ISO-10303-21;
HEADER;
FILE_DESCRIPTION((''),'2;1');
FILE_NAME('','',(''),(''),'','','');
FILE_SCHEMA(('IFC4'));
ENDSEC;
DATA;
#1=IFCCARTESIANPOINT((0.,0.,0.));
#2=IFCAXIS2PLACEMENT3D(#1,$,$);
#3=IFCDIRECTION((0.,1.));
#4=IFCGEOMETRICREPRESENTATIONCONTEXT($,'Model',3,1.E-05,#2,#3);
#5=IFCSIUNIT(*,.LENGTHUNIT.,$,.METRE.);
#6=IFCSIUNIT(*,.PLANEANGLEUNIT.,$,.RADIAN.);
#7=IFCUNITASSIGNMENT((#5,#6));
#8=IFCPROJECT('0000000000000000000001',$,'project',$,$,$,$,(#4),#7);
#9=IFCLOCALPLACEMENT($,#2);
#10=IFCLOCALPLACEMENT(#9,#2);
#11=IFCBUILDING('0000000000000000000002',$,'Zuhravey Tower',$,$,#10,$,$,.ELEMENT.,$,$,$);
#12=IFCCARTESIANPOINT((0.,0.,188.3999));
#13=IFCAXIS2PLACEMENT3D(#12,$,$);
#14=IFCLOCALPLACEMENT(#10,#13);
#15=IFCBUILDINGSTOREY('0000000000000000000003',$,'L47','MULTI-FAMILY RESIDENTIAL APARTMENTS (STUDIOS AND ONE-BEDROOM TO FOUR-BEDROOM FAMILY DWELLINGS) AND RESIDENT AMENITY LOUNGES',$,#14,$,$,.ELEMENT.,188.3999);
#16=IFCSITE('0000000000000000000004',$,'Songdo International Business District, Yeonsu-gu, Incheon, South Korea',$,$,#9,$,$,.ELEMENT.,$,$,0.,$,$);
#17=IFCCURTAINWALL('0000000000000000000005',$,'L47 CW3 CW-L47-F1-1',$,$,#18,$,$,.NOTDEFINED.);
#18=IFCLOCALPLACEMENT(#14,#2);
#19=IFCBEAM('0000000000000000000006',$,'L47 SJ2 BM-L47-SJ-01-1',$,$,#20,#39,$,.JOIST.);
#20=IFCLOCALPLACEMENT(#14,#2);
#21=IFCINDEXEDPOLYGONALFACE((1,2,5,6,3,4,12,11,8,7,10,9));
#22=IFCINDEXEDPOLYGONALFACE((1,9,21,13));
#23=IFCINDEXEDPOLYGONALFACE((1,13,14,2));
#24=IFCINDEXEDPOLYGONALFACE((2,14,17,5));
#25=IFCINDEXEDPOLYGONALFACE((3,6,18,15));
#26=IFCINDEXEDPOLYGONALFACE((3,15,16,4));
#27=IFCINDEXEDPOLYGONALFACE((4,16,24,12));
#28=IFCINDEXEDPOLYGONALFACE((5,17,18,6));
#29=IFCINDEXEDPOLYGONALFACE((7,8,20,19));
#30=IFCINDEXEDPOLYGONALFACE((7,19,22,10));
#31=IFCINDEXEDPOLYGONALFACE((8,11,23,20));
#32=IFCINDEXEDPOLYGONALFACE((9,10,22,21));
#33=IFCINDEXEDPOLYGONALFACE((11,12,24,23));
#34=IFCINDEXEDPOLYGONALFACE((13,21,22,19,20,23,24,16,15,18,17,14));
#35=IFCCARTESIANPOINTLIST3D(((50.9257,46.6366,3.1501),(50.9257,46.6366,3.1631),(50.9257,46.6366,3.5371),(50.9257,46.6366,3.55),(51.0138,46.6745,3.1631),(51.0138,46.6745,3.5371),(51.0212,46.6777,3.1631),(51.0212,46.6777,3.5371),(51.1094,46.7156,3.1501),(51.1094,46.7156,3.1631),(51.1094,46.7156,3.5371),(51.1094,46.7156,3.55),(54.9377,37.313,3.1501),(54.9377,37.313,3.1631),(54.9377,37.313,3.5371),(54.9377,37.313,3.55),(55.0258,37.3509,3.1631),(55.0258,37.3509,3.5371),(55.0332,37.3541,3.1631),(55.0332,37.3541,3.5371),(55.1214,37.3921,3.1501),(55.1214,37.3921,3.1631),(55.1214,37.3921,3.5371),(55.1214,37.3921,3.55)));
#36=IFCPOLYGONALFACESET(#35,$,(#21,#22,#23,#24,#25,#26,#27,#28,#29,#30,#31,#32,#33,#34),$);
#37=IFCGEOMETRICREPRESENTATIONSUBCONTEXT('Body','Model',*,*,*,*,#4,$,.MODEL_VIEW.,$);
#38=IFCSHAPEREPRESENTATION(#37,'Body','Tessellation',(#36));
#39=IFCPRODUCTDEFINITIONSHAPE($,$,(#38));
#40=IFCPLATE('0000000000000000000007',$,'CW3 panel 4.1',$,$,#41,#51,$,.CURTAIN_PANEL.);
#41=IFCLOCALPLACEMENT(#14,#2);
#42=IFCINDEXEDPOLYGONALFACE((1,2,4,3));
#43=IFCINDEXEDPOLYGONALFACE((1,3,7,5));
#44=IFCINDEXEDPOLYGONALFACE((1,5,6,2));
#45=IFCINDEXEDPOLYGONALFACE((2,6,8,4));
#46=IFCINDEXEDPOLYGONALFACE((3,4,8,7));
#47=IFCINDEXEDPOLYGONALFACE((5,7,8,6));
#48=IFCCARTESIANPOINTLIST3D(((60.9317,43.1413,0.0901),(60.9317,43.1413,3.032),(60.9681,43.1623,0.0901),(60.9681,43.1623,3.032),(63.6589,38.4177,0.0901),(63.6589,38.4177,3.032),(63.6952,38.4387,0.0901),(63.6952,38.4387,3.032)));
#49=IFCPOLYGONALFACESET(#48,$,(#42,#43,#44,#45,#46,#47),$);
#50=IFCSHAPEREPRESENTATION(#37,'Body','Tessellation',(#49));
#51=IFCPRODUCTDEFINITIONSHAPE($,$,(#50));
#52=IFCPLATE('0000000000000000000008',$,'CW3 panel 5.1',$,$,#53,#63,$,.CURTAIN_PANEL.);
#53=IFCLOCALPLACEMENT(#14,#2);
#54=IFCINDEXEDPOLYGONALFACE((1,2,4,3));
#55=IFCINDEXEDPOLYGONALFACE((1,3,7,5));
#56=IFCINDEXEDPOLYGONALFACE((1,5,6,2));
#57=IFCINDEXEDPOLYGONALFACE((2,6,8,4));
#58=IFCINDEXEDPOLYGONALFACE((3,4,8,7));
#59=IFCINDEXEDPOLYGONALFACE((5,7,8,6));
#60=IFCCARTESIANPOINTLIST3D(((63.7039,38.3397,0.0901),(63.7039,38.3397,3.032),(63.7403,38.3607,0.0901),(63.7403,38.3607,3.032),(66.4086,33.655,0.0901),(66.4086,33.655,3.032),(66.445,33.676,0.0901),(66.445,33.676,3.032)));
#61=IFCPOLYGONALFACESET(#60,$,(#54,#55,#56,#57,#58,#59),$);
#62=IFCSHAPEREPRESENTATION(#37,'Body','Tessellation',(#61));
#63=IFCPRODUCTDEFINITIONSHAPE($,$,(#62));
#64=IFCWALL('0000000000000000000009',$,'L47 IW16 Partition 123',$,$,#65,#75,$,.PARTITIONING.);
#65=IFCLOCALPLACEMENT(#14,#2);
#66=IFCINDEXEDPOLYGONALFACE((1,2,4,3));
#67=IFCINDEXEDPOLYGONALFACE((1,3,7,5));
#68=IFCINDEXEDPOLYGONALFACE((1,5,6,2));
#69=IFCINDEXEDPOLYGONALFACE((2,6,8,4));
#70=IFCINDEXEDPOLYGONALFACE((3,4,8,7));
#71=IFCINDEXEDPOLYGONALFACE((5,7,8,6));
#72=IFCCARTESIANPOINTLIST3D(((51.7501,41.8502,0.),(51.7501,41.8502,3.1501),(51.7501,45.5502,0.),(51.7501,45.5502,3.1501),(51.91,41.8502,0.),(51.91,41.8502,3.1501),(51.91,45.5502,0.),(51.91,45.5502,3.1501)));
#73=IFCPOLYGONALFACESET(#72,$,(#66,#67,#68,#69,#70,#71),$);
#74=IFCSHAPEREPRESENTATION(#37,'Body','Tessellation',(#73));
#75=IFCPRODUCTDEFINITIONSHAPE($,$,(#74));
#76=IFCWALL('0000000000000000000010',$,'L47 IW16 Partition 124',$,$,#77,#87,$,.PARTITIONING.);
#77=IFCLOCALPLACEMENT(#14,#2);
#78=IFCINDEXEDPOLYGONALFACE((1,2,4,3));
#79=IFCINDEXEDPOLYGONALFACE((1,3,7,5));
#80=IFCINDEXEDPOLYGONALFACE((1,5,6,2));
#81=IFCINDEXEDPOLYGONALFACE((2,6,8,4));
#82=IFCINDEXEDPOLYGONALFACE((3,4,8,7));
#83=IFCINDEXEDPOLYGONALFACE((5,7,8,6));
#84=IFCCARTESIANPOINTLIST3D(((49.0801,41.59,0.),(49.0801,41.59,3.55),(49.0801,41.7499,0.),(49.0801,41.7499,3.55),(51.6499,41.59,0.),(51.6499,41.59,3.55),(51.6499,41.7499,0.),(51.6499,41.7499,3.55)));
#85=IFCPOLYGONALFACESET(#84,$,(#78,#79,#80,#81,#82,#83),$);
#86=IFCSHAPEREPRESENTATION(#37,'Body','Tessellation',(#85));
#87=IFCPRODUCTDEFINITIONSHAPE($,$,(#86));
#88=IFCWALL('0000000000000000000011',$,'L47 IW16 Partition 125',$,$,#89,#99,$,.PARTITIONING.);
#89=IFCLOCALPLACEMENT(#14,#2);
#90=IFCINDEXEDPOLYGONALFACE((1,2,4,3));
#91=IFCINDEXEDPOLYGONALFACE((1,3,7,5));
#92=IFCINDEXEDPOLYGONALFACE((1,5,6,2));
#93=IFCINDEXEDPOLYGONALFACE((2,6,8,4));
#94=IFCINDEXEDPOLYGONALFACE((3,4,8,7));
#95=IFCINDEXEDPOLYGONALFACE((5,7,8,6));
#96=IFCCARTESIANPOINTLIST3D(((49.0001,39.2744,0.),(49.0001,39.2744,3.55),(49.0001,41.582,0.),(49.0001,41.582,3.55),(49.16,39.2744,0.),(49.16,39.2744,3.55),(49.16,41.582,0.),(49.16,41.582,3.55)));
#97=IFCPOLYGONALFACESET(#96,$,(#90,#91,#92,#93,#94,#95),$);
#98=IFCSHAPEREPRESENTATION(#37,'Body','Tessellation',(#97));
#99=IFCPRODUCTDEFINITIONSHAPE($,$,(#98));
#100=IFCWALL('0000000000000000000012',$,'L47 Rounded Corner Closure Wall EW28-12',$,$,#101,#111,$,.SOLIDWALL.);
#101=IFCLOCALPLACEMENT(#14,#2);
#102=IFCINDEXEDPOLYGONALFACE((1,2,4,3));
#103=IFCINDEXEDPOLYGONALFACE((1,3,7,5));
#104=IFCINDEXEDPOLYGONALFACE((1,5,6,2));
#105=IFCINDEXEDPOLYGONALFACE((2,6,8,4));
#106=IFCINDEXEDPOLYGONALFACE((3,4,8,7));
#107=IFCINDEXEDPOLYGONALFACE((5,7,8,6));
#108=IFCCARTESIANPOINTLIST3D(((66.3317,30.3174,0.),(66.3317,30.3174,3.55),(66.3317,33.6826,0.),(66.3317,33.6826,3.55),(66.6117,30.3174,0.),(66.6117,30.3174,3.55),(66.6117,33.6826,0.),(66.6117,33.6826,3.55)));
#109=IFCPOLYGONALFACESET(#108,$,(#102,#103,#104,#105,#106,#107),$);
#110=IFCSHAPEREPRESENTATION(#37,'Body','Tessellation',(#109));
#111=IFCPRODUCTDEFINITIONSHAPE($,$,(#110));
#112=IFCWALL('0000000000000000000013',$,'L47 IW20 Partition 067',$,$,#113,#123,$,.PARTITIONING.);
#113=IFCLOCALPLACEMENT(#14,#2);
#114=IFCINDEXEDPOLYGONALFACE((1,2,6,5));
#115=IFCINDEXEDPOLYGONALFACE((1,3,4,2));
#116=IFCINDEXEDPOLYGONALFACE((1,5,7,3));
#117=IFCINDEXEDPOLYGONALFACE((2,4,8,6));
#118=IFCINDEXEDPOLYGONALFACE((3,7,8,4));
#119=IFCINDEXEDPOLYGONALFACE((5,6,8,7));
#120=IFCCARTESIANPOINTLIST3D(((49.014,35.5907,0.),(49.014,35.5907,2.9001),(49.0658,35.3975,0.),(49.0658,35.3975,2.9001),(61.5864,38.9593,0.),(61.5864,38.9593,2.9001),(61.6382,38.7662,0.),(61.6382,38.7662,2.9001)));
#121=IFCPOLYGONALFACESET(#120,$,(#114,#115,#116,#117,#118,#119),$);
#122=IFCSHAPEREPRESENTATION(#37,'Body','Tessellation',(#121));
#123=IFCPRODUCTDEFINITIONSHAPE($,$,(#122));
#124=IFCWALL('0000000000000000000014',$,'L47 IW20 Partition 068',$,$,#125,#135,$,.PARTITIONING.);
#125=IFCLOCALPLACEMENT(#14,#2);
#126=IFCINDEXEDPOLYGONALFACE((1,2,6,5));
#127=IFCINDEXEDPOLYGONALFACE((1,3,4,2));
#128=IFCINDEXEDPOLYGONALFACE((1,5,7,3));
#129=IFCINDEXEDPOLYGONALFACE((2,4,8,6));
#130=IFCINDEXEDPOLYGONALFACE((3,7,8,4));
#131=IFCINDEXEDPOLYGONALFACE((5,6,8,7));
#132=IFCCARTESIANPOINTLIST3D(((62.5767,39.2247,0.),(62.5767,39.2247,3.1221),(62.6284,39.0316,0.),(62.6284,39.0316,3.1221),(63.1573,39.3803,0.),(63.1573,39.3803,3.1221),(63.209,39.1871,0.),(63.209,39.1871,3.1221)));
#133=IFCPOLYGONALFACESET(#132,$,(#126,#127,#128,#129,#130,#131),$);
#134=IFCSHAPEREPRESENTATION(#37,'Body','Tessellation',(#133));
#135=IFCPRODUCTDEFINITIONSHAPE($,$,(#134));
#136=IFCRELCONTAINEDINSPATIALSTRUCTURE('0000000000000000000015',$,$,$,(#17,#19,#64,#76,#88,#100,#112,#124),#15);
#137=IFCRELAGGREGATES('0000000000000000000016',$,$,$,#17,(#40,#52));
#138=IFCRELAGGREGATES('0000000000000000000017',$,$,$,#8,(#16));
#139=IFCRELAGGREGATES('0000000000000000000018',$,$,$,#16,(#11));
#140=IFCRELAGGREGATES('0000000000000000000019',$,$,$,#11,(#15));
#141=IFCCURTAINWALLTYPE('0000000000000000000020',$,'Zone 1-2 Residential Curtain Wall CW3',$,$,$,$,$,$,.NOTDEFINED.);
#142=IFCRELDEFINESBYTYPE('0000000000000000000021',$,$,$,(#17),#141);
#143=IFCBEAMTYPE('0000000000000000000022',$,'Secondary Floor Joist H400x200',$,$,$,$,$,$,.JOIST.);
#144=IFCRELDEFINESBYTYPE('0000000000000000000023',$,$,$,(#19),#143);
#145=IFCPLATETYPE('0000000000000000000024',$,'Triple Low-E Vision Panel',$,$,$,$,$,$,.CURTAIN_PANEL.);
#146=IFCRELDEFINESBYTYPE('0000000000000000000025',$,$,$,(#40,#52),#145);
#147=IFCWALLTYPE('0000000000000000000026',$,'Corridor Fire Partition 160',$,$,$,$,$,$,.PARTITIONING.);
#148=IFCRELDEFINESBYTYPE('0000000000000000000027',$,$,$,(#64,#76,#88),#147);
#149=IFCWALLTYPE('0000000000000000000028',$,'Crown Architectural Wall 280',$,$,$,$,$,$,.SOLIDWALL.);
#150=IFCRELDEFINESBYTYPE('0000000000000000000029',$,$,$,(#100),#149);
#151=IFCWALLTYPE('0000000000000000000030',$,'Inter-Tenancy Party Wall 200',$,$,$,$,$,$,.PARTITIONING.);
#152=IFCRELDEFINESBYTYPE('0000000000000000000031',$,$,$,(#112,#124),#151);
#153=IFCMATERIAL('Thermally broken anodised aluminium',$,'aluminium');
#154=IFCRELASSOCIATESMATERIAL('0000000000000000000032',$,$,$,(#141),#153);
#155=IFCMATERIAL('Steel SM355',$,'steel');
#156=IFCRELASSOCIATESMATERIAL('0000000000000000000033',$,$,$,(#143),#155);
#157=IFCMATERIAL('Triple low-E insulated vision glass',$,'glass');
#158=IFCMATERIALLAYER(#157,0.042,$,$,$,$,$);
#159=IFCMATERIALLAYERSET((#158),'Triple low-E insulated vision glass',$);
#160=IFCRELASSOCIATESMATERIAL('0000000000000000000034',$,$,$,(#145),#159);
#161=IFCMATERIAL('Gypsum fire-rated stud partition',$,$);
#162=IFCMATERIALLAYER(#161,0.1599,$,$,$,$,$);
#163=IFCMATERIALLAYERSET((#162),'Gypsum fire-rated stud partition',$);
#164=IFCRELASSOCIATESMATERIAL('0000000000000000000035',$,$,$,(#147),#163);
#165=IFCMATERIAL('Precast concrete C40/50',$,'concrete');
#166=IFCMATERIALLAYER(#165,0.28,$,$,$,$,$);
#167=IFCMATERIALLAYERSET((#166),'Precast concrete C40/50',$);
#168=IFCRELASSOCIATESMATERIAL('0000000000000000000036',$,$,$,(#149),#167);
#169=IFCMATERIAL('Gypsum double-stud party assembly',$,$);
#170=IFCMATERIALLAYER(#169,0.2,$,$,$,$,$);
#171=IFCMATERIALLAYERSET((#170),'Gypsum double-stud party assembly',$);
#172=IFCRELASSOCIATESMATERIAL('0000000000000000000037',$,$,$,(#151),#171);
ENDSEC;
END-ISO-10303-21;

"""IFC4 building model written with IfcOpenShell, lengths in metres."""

from ifc_helpers import new_model, si_unit, direction, frame, frame_2d, origin, origin_2d, place, context, subcontext, project, spatial, rectangle, i_section, extrude, material, layer, layer_set, material_profile, profile_set, type_object, element, aggregate, save


model = new_model("IFC4")

# Units and contexts
model_context = context("Model", 3, precision=1e-05, world=origin(), true_north=direction((0.0, 1.0)))
body_context = subcontext(model_context, "Body", "Model", "MODEL_VIEW")
ifc_project = project(units=[si_unit("LENGTHUNIT", "METRE"), si_unit("PLANEANGLEUNIT", "RADIAN")], contexts=[model_context])

# Site, building, storey
site_placement = place(None, origin())
site = spatial("IfcSite", under=ifc_project, at=site_placement, Name="Songdo International Business District, Yeonsu-gu, Incheon, South Korea", CompositionType="ELEMENT", RefElevation=0.0)
building_placement = place(site_placement, origin())
building = spatial("IfcBuilding", under=site, at=building_placement, Name="Zuhravey Tower", CompositionType="ELEMENT")
storey_placement = place(building_placement, frame((0.0, 0.0, 188.3999)))
storey = spatial("IfcBuildingStorey", under=building, at=storey_placement, Name="L47", Description="MULTI-FAMILY RESIDENTIAL APARTMENTS (STUDIOS AND ONE-BEDROOM TO FOUR-BEDROOM FAMILY DWELLINGS) AND RESIDENT AMENITY LOUNGES", CompositionType="ELEMENT", Elevation=188.3999)

# Curtain wall
ifc_material_1 = material(Name="Thermally broken anodised aluminium", Category="aluminium")
curtain_wall_type = type_object("IfcCurtainWallType", Name="Zone 1-2 Residential Curtain Wall CW3", PredefinedType="NOTDEFINED", material=ifc_material_1)
curtain_wall_placement = place(storey_placement, origin())
curtain_wall = element("IfcCurtainWall", 1, at=curtain_wall_placement, inside=storey, type_object=curtain_wall_type, Name="L47 CW3 CW-L47-F1-1", PredefinedType="NOTDEFINED")

# Beam
ifc_material_2 = material(Name="Steel SM355", Category="steel")
ifc_material_profile_1 = material_profile(ifc_material_2, i_section(OverallWidth=0.2, OverallDepth=0.3999, WebThickness=0.0081, FlangeThickness=0.0129, at=origin_2d()), Name="H-400x200x8x13")
ifc_profile_set_1 = profile_set([ifc_material_profile_1], Name="Steel SM355")
beam_type_1 = type_object("IfcBeamType", Name="Secondary Floor Joist H400x200", PredefinedType="JOIST", material=ifc_profile_set_1)
beam_1_placement = place(storey_placement, frame((55.0295, 37.3525, 3.3501), z_axis=(-0.395266, 0.918567, 0.0), x_axis=(-0.918567, -0.395266, 0.0)))
element("IfcBeam", 2, at=beam_1_placement, inside=storey, type_object=beam_type_1, Name="L47 SJ2 BM-L47-SJ-01-1", PredefinedType="JOIST", context=body_context, shape_type="SweptSolid", body=[
    extrude(i_section(OverallWidth=0.2, OverallDepth=0.3999, WebThickness=0.0081, FlangeThickness=0.0129, at=origin_2d()), origin(), (0.0, 0.0, 1.0), 10.1501),
])

# Plates
ifc_material_3 = material(Name="Triple low-E insulated vision glass", Category="glass")
ifc_layer_1 = layer(ifc_material_3, 0.042)
ifc_layer_set_1 = layer_set([ifc_layer_1], Name="Triple low-E insulated vision glass")
plate_type = type_object("IfcPlateType", Name="Triple Low-E Vision Panel", PredefinedType="CURTAIN_PANEL", material=ifc_layer_set_1)
plate_1_placement = place(storey_placement, frame((62.3135, 40.79, 0.0901), z_axis=(0.0, 0.0, 1.0), x_axis=(0.5, -0.866025, 0.0)))
plate_1 = element("IfcPlate", 3, at=plate_1_placement, type_object=plate_type, Name="CW3 panel 4.1", PredefinedType="CURTAIN_PANEL", context=body_context, shape_type="SweptSolid", body=[
    extrude(rectangle(XDim=5.4543, YDim=0.042, at=origin_2d()), origin(), (0.0, 0.0, 1.0), 2.9419),
])
plate_2_placement = place(storey_placement, frame((65.0745, 36.0078, 0.0901), z_axis=(0.0, 0.0, 1.0), x_axis=(0.5, -0.866025, 0.0)))
plate_2 = element("IfcPlate", 4, at=plate_2_placement, type_object=plate_type, Name="CW3 panel 5.1", PredefinedType="CURTAIN_PANEL", context=body_context, shape_type="SweptSolid", body=[
    extrude(rectangle(XDim=5.4094, YDim=0.042, at=origin_2d()), origin(), (0.0, 0.0, 1.0), 2.9419),
])
aggregate(curtain_wall, [plate_1, plate_2])

# Shared definitions
ifc_material_4 = material(Name="Gypsum fire-rated stud partition")
ifc_layer_2 = layer(ifc_material_4, 0.1599)
ifc_layer_set_2 = layer_set([ifc_layer_2], Name="Gypsum fire-rated stud partition")
wall_type_1 = type_object("IfcWallType", Name="Corridor Fire Partition 160", PredefinedType="PARTITIONING", material=ifc_layer_set_2)

# Walls
wall_1_placement = place(storey_placement, frame((51.8301, 41.8501, 0.0), z_axis=(0.0, 0.0, 1.0), x_axis=(0.0, 1.0, 0.0)))
element("IfcWall", 5, at=wall_1_placement, inside=storey, type_object=wall_type_1, Name="L47 IW16 Partition 123", PredefinedType="PARTITIONING", context=body_context, shape_type="SweptSolid", body=[
    extrude(rectangle(XDim=3.7, YDim=0.1599, at=frame_2d((1.8501, 0.0))), origin(), (0.0, 0.0, 1.0), 3.1501),
])
wall_2_placement = place(storey_placement, frame((49.0801, 41.6699, 0.0), z_axis=(0.0, 0.0, 1.0), x_axis=(1.0, 0.0, 0.0)))
element("IfcWall", 6, at=wall_2_placement, inside=storey, type_object=wall_type_1, Name="L47 IW16 Partition 124", PredefinedType="PARTITIONING", context=body_context, shape_type="SweptSolid", body=[
    extrude(rectangle(XDim=2.5698, YDim=0.1599, at=frame_2d((1.2849, 0.0))), origin(), (0.0, 0.0, 1.0), 3.55),
])
wall_3_placement = place(storey_placement, frame((49.0801, 39.2744, 0.0), z_axis=(0.0, 0.0, 1.0), x_axis=(0.0, 1.0, 0.0)))
element("IfcWall", 7, at=wall_3_placement, inside=storey, type_object=wall_type_1, Name="L47 IW16 Partition 125", PredefinedType="PARTITIONING", context=body_context, shape_type="SweptSolid", body=[
    extrude(rectangle(XDim=2.3076, YDim=0.1599, at=frame_2d((1.1538, 0.0))), origin(), (0.0, 0.0, 1.0), 3.55),
])
ifc_material_5 = material(Name="Precast concrete C40/50", Category="concrete")
ifc_layer_3 = layer(ifc_material_5, 0.28)
ifc_layer_set_3 = layer_set([ifc_layer_3], Name="Precast concrete C40/50")
wall_type_2 = type_object("IfcWallType", Name="Crown Architectural Wall 280", PredefinedType="SOLIDWALL", material=ifc_layer_set_3)
wall_4_placement = place(storey_placement, frame((66.4717, 33.6826, 0.0), z_axis=(0.0, 0.0, 1.0), x_axis=(0.0, -1.0, 0.0)))
element("IfcWall", 8, at=wall_4_placement, inside=storey, type_object=wall_type_2, Name="L47 Rounded Corner Closure Wall EW28-12", PredefinedType="SOLIDWALL", context=body_context, shape_type="SweptSolid", body=[
    extrude(rectangle(XDim=3.3652, YDim=0.28, at=frame_2d((1.6826, 0.0))), origin(), (0.0, 0.0, 1.0), 3.55),
])
ifc_material_6 = material(Name="Gypsum double-stud party assembly")
ifc_layer_4 = layer(ifc_material_6, 0.2)
ifc_layer_set_4 = layer_set([ifc_layer_4], Name="Gypsum double-stud party assembly")
wall_type_3 = type_object("IfcWallType", Name="Inter-Tenancy Party Wall 200", PredefinedType="PARTITIONING", material=ifc_layer_set_4)
wall_5_placement = place(storey_placement, frame((49.04, 35.4941, 0.0), z_axis=(0.0, 0.0, 1.0), x_axis=(0.965929, 0.258809, 0.0)))
element("IfcWall", 9, at=wall_5_placement, inside=storey, type_object=wall_type_3, Name="L47 IW20 Partition 067", PredefinedType="PARTITIONING", context=body_context, shape_type="SweptSolid", body=[
    extrude(rectangle(XDim=13.0159, YDim=0.2, at=frame_2d((6.5078, 0.0))), origin(), (0.0, 0.0, 1.0), 2.9001),
])
wall_6_placement = place(storey_placement, frame((62.6025, 39.1282, 0.0), z_axis=(0.0, 0.0, 1.0), x_axis=(0.965944, 0.25875, 0.0)))
element("IfcWall", 10, at=wall_6_placement, inside=storey, type_object=wall_type_3, Name="L47 IW20 Partition 068", PredefinedType="PARTITIONING", context=body_context, shape_type="SweptSolid", body=[
    extrude(rectangle(XDim=0.6011, YDim=0.2, at=frame_2d((0.3005, 0.0))), origin(), (0.0, 0.0, 1.0), 3.1221),
])

save(model, "model.ifc")
